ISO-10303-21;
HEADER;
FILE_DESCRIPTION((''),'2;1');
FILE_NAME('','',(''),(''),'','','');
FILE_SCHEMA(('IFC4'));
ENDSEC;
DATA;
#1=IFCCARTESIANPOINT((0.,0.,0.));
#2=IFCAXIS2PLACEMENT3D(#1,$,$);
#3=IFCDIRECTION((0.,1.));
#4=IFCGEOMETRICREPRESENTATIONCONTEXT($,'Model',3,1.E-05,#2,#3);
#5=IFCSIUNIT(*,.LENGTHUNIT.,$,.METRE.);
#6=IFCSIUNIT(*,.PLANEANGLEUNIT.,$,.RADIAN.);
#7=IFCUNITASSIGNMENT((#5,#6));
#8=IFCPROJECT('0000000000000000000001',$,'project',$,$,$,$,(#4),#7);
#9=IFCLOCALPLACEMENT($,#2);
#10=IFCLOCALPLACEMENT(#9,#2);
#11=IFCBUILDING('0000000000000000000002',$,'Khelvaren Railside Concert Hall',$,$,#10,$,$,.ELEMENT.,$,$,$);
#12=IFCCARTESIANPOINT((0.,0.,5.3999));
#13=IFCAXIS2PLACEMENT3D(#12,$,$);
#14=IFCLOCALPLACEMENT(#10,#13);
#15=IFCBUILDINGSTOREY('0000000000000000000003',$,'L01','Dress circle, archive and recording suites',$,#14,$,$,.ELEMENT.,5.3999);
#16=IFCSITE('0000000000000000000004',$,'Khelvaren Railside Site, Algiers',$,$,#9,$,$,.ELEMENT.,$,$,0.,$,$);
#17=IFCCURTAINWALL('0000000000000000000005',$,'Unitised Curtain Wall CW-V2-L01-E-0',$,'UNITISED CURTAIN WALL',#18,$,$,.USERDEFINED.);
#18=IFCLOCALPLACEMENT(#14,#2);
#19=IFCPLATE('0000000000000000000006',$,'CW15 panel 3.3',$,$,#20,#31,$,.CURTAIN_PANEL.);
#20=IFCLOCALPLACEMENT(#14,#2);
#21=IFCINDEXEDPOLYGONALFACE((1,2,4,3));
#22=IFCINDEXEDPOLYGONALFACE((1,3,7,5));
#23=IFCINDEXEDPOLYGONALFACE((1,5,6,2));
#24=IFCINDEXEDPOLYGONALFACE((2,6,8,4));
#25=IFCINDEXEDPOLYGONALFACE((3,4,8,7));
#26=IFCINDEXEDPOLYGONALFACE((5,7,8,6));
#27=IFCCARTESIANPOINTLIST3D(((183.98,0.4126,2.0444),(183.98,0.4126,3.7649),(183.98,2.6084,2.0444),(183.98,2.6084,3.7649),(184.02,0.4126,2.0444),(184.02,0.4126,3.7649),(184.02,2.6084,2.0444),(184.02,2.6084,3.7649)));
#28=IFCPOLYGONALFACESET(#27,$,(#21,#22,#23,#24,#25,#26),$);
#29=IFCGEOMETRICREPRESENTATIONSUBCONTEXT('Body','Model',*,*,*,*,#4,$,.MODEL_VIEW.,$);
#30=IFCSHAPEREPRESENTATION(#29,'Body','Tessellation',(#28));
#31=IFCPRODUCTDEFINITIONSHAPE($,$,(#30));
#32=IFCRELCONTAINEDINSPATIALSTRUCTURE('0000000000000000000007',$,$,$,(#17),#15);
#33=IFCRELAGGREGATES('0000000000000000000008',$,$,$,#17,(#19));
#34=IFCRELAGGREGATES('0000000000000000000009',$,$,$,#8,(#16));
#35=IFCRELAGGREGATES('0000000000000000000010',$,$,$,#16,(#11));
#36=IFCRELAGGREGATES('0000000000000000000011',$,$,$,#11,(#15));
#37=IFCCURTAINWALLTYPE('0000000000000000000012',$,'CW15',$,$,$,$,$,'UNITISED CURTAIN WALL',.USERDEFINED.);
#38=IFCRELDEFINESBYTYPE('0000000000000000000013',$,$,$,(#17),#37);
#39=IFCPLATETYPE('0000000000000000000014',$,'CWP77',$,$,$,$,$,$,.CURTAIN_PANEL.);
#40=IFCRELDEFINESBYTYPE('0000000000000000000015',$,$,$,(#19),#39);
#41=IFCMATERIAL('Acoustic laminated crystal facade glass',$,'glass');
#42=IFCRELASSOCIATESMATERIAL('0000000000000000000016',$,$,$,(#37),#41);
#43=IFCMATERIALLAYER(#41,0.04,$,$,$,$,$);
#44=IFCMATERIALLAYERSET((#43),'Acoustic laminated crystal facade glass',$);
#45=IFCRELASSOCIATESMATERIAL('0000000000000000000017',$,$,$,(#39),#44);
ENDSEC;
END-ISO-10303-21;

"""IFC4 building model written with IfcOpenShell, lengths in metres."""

from ifc_helpers import new_model, si_unit, direction, frame, origin, origin_2d, place, context, subcontext, project, spatial, rectangle, extrude, material, layer, layer_set, type_object, element, aggregate, save


model = new_model("IFC4")

# Units and contexts
model_context = context("Model", 3, precision=1e-05, world=origin(), true_north=direction((0.0, 1.0)))
body_context = subcontext(model_context, "Body", "Model", "MODEL_VIEW")
ifc_project = project(units=[si_unit("LENGTHUNIT", "METRE"), si_unit("PLANEANGLEUNIT", "RADIAN")], contexts=[model_context])

# Site, building, storey
site_placement = place(None, origin())
site = spatial("IfcSite", under=ifc_project, at=site_placement, Name="Khelvaren Railside Site, Algiers", CompositionType="ELEMENT", RefElevation=0.0)
building_placement = place(site_placement, origin())
building = spatial("IfcBuilding", under=site, at=building_placement, Name="Khelvaren Railside Concert Hall", CompositionType="ELEMENT")
storey_placement = place(building_placement, frame((0.0, 0.0, 5.3999)))
storey = spatial("IfcBuildingStorey", under=building, at=storey_placement, Name="L01", Description="Dress circle, archive and recording suites", CompositionType="ELEMENT", Elevation=5.3999)

# Shared definitions
ifc_material_1 = material(Name="Acoustic laminated crystal facade glass", Category="glass")
curtain_wall_type = type_object("IfcCurtainWallType", Name="CW15", ElementType="UNITISED CURTAIN WALL", PredefinedType="USERDEFINED", material=ifc_material_1)

# Curtain wall
curtain_wall_1_placement = place(storey_placement, origin())
curtain_wall_1 = element("IfcCurtainWall", 1, at=curtain_wall_1_placement, inside=storey, type_object=curtain_wall_type, Name="Unitised Curtain Wall CW-V2-L01-E-0", ObjectType="UNITISED CURTAIN WALL", PredefinedType="USERDEFINED")

# Plate
ifc_layer = layer(ifc_material_1, 0.04)
ifc_layer_set = layer_set([ifc_layer], Name="Acoustic laminated crystal facade glass")
plate_type = type_object("IfcPlateType", Name="CWP77", PredefinedType="CURTAIN_PANEL", material=ifc_layer_set)
plate_1_placement = place(storey_placement, frame((184.0, 1.5105, 2.0444), z_axis=(0.0, 0.0, 1.0), x_axis=(0.0, -1.0, 0.0)))
plate_1 = element("IfcPlate", 2, at=plate_1_placement, type_object=plate_type, Name="CW15 panel 3.3", PredefinedType="CURTAIN_PANEL", context=body_context, shape_type="SweptSolid", body=[
    extrude(rectangle(XDim=2.1958, YDim=0.04, at=origin_2d()), origin(), (0.0, 0.0, 1.0), 1.7205),
])
aggregate(curtain_wall_1, [plate_1])

save(model, "model.ifc")
